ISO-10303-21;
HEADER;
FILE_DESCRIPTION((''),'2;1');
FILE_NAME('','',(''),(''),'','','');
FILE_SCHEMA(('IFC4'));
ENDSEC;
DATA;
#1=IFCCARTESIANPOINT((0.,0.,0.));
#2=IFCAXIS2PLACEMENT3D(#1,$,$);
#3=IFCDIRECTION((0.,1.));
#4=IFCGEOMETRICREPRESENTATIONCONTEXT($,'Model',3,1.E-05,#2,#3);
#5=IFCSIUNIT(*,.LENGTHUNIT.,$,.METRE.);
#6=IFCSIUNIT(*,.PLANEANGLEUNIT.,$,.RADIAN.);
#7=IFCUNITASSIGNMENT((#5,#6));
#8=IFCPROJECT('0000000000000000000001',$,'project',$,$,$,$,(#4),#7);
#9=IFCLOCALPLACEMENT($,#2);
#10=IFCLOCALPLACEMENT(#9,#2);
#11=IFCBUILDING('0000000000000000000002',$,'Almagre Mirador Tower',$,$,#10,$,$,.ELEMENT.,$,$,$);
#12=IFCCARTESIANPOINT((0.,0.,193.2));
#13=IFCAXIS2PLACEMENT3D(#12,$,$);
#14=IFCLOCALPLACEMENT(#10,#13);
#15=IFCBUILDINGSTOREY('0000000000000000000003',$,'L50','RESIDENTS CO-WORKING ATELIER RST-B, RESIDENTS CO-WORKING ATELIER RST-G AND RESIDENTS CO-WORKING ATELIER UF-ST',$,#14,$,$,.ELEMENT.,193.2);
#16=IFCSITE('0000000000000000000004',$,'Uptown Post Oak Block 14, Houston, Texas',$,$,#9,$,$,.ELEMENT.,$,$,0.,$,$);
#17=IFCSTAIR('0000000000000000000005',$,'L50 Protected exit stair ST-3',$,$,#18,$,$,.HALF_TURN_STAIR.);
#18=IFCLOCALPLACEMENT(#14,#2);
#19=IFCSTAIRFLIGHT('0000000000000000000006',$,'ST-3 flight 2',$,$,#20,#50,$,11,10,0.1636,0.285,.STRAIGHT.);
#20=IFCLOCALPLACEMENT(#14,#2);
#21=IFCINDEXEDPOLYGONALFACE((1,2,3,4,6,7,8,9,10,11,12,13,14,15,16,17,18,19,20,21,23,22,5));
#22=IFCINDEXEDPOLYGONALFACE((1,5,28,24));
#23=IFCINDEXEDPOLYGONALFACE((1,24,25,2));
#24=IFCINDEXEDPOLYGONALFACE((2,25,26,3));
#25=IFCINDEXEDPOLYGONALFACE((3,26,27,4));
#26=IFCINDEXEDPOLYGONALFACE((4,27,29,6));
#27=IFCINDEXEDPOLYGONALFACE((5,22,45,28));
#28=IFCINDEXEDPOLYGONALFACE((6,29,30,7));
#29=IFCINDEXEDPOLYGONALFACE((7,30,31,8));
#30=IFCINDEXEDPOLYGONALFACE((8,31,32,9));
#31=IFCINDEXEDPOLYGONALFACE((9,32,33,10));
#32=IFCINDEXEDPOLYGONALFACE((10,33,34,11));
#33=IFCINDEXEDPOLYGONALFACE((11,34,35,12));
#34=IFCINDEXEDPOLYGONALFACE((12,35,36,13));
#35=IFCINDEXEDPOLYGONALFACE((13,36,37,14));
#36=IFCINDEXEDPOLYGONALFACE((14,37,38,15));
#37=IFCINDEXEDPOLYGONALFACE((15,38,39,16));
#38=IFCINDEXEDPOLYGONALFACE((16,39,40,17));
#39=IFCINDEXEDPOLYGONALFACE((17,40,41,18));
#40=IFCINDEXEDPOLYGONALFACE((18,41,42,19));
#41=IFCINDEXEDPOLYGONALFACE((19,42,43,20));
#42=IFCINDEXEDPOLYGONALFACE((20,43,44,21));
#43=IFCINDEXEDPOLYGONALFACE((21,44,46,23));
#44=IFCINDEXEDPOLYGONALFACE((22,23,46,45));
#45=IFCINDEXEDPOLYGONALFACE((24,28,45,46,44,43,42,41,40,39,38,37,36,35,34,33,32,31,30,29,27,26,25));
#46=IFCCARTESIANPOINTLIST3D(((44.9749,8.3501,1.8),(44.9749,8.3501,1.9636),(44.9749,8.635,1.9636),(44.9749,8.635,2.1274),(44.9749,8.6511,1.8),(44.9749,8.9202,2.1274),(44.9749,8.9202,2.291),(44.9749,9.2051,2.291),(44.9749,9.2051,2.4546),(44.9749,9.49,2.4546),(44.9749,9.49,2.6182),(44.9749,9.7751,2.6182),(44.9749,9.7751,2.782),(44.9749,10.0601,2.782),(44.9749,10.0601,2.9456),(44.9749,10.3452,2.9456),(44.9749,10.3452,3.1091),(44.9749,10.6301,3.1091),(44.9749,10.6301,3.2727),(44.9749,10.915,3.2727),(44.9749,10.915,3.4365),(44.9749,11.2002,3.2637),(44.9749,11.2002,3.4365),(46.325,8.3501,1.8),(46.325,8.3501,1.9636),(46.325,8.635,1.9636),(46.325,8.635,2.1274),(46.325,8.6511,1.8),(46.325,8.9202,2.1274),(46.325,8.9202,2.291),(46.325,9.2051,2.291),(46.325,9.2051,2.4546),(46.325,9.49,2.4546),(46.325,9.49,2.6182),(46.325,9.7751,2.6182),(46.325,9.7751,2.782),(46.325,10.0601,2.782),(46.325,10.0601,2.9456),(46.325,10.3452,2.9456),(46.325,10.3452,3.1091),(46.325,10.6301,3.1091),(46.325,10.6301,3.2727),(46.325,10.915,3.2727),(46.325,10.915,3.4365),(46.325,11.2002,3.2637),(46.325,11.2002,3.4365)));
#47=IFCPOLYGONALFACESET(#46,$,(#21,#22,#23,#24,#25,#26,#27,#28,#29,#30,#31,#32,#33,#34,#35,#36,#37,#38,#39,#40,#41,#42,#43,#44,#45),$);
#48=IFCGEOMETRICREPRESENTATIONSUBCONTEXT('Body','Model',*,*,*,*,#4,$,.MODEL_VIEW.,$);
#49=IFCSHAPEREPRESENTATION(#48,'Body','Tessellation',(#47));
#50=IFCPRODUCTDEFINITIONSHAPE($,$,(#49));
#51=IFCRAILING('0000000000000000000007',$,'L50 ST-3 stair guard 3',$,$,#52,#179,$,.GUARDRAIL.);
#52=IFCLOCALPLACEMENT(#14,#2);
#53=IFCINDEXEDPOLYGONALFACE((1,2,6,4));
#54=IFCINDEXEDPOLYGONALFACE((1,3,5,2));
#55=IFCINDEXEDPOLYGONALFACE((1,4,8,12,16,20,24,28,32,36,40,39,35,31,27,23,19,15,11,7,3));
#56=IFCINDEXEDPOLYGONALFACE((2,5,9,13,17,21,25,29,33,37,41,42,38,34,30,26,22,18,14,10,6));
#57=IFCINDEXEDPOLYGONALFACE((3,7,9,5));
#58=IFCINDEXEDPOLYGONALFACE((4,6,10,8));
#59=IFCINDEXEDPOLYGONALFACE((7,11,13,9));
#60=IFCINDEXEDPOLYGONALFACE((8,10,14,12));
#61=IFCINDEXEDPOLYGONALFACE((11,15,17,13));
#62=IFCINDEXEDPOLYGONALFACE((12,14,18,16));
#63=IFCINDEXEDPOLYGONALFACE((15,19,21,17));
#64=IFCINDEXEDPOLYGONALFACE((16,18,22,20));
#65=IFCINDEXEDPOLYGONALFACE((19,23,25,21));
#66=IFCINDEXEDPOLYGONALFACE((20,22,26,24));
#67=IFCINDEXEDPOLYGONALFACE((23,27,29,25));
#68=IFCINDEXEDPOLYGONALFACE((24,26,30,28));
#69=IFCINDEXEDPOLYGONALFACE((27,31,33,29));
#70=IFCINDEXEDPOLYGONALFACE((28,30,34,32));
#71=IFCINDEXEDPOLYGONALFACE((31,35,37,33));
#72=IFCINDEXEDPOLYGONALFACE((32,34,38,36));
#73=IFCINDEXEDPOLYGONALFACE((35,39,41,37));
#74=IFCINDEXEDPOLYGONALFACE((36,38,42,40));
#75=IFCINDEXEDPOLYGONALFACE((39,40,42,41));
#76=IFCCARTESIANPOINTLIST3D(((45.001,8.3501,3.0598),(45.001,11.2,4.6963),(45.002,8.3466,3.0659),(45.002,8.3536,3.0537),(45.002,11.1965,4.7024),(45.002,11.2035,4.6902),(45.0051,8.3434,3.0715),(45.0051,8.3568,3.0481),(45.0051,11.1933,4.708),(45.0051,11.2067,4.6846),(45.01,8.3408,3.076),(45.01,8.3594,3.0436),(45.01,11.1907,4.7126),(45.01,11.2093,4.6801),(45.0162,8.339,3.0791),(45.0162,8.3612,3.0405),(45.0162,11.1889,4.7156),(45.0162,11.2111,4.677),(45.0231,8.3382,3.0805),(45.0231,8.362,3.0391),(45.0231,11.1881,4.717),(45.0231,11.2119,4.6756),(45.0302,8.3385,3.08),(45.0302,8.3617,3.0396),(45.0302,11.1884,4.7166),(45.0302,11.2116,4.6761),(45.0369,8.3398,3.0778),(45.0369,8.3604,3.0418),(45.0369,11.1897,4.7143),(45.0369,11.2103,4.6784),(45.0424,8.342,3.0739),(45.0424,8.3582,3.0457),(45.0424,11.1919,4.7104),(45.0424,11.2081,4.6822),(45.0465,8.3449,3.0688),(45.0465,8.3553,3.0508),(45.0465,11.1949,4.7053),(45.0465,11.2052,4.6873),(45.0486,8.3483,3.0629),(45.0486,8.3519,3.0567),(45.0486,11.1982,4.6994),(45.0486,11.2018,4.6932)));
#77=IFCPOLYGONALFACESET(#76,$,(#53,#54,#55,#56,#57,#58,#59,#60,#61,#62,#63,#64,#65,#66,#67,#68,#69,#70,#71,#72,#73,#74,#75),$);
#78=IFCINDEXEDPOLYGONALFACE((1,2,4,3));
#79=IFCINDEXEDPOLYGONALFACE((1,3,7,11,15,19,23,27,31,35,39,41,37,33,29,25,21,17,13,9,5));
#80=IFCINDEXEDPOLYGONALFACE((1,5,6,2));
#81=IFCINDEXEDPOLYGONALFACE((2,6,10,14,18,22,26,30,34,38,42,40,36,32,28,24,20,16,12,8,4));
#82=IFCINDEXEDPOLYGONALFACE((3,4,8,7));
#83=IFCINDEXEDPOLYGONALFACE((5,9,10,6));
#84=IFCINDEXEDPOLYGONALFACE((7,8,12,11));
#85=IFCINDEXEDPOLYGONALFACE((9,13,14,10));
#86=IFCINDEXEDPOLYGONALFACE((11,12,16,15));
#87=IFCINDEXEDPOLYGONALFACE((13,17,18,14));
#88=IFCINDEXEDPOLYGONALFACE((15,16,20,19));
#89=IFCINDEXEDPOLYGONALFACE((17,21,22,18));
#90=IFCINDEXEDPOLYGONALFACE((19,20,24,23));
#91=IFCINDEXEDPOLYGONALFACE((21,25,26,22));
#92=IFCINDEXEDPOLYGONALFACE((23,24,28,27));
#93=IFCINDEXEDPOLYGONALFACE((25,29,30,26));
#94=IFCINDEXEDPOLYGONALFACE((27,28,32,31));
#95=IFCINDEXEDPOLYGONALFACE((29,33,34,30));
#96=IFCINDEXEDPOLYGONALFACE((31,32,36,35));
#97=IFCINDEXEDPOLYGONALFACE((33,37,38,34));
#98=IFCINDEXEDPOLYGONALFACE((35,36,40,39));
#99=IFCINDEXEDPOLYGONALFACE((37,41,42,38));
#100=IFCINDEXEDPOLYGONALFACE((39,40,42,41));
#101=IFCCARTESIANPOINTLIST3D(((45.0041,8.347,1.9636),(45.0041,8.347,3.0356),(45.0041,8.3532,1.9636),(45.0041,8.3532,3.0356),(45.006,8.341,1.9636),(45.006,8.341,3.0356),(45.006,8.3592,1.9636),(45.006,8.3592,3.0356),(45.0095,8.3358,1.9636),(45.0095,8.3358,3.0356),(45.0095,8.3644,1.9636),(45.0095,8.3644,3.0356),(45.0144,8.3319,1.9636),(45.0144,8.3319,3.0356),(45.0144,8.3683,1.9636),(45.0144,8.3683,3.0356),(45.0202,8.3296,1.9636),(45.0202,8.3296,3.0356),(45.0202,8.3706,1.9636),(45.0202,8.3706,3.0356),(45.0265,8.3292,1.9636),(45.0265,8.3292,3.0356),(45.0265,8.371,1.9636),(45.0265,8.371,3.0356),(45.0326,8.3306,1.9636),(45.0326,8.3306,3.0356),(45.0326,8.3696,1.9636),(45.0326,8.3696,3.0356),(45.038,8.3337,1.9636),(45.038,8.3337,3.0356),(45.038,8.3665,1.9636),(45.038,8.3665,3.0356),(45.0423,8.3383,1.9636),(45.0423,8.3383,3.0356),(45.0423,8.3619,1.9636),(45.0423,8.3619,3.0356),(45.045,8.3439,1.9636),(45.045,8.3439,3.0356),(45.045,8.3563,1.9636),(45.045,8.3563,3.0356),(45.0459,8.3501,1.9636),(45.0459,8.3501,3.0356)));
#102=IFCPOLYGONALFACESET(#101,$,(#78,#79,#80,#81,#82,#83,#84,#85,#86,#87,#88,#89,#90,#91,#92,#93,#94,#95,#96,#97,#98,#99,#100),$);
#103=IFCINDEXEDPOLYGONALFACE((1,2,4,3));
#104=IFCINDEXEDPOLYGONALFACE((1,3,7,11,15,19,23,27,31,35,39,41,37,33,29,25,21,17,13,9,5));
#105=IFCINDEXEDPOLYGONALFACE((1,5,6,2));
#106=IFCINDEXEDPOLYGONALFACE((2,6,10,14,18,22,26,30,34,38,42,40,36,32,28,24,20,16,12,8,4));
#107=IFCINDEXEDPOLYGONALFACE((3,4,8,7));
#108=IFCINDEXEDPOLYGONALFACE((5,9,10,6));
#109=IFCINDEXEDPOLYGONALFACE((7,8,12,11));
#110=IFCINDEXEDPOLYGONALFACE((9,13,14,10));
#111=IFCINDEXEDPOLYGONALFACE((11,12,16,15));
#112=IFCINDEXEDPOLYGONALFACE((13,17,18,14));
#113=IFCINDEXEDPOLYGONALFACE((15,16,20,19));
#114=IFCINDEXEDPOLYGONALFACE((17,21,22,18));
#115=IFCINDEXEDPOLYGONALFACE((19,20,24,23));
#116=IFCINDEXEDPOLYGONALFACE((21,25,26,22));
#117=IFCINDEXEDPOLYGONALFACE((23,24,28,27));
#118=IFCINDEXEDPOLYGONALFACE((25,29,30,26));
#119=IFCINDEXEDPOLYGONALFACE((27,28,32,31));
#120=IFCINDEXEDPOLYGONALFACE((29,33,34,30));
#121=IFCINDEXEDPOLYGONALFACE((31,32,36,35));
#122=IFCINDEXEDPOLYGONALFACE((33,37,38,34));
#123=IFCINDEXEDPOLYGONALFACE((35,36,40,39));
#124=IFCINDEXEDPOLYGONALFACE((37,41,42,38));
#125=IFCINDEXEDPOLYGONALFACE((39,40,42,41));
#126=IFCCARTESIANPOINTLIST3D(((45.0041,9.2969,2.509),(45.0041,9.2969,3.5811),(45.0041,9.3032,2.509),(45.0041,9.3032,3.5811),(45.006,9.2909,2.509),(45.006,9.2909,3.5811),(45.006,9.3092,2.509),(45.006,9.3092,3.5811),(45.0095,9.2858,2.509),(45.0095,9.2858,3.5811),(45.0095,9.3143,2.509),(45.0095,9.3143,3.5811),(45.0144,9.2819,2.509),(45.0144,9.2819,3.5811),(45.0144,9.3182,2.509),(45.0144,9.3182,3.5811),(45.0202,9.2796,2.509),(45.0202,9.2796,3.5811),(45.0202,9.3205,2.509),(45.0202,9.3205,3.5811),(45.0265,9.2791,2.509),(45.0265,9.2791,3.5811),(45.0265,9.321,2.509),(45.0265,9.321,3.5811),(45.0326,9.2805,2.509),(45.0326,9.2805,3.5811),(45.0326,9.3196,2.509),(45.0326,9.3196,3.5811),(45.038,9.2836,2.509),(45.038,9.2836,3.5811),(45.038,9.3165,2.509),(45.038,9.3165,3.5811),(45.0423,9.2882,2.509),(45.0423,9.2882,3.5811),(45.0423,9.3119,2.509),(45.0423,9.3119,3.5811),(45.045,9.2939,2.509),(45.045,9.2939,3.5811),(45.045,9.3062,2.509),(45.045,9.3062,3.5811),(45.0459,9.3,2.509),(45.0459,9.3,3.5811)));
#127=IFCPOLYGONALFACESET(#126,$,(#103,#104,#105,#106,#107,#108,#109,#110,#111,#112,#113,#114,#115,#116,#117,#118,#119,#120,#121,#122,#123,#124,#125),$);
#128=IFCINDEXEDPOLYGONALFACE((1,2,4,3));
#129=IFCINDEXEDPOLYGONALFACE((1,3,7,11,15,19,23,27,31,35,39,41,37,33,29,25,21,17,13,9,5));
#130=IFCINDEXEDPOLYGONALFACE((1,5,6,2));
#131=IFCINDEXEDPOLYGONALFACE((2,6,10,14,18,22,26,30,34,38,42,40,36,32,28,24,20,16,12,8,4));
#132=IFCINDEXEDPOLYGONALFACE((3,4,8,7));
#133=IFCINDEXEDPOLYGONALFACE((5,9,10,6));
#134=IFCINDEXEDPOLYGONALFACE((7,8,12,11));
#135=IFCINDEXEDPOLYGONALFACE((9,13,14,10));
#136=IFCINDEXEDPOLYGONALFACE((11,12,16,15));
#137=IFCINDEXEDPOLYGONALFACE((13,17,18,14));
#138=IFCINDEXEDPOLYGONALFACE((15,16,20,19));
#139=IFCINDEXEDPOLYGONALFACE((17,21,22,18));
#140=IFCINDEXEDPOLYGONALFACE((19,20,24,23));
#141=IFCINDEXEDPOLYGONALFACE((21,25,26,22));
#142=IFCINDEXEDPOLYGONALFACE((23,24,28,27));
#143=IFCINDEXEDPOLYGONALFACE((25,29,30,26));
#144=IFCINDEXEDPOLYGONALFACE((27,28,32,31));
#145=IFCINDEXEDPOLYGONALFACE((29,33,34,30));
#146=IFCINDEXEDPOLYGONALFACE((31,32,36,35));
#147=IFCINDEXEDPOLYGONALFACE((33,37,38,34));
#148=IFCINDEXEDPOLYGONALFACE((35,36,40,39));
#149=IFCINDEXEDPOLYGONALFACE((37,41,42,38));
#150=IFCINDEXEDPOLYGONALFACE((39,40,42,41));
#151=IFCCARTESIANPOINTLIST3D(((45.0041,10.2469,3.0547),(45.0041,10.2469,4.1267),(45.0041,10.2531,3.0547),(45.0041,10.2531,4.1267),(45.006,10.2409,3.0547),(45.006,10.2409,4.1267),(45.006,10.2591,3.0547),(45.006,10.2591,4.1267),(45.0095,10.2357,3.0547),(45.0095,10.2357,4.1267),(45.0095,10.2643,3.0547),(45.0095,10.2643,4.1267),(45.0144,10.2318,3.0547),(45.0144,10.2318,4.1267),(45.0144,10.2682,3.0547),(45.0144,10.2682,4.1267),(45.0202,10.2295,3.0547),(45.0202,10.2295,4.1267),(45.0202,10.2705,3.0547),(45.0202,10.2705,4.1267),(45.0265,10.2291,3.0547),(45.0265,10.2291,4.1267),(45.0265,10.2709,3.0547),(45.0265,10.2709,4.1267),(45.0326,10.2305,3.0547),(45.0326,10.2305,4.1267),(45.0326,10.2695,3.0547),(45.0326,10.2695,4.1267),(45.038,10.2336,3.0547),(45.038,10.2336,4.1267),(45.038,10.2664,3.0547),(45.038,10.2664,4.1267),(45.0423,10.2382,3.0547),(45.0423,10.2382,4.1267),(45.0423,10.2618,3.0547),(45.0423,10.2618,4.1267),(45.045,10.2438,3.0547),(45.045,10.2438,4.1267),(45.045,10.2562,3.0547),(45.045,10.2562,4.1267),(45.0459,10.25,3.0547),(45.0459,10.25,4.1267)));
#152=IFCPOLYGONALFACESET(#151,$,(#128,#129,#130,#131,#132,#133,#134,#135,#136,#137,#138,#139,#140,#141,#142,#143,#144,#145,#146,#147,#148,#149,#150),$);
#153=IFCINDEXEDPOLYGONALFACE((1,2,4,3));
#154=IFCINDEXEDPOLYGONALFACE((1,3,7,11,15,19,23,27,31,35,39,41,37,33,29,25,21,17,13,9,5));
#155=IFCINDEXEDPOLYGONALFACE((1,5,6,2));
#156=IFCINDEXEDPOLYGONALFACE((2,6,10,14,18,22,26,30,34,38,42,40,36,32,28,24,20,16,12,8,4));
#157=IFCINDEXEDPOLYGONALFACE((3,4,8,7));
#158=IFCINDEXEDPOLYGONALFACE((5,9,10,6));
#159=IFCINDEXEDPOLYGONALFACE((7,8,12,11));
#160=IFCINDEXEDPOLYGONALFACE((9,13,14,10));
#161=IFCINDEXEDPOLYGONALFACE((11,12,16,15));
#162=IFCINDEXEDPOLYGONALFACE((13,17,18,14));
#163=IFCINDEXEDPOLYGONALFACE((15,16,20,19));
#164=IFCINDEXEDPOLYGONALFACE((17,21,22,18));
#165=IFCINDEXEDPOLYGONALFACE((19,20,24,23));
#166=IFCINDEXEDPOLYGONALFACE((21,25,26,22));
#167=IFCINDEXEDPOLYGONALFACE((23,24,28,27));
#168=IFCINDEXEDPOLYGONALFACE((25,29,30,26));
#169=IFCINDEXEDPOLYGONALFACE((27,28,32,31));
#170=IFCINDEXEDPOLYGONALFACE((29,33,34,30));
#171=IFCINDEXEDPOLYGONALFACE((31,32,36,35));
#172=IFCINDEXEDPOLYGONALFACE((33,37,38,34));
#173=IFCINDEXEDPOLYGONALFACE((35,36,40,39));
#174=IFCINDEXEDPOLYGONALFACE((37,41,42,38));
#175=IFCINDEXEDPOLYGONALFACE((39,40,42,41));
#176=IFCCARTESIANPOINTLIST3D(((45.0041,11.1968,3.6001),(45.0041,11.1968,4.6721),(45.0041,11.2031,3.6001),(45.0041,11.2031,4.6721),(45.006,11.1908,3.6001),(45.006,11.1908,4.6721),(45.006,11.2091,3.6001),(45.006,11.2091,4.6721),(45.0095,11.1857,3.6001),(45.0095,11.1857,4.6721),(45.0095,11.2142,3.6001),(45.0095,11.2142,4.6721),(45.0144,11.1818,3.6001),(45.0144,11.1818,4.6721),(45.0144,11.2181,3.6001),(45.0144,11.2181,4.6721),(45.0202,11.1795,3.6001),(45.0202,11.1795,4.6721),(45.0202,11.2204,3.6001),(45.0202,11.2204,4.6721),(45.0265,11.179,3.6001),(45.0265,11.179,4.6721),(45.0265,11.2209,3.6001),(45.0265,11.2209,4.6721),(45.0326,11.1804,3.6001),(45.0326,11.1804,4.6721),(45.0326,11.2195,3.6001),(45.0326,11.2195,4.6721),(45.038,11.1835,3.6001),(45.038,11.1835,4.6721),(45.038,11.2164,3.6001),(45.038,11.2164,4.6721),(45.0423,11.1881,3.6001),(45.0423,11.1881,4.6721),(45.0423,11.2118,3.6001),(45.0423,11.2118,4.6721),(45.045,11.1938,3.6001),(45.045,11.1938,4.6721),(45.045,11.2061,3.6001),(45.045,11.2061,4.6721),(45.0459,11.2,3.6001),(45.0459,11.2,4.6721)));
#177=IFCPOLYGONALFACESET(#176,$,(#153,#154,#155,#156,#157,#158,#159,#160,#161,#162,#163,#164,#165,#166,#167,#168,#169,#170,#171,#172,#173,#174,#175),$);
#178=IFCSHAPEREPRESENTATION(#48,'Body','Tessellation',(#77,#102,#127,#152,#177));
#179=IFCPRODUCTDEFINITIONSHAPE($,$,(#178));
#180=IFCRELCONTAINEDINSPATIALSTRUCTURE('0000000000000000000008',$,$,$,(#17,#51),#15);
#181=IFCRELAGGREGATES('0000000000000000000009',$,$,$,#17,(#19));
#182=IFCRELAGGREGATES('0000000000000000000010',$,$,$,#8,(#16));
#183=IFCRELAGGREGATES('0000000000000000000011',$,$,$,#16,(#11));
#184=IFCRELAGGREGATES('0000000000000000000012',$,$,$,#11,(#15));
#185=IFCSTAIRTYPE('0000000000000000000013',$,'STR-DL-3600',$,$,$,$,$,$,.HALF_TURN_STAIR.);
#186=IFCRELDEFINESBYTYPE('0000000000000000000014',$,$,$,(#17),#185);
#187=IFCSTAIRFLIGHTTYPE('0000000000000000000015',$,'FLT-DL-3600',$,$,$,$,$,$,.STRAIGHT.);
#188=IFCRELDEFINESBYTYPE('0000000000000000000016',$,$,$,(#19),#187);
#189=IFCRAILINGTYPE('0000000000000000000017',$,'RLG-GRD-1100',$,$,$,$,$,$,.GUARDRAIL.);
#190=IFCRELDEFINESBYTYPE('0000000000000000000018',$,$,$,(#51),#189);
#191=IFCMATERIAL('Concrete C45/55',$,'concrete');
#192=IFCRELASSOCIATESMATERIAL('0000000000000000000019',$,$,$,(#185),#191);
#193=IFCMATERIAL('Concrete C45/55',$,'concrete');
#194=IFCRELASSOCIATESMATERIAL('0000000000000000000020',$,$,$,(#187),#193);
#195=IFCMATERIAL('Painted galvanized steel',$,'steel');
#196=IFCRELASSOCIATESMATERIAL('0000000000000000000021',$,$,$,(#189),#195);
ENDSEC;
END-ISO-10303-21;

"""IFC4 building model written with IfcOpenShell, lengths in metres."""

from ifc_helpers import new_model, si_unit, direction, frame, origin, origin_2d, place, context, subcontext, project, spatial, polyline, circle, outline, extrude, material, type_object, element, aggregate, save


model = new_model("IFC4")

# Units and contexts
model_context = context("Model", 3, precision=1e-05, world=origin(), true_north=direction((0.0, 1.0)))
body_context = subcontext(model_context, "Body", "Model", "MODEL_VIEW")
ifc_project = project(units=[si_unit("LENGTHUNIT", "METRE"), si_unit("PLANEANGLEUNIT", "RADIAN")], contexts=[model_context])

# Site, building, storey
site_placement = place(None, origin())
site = spatial("IfcSite", under=ifc_project, at=site_placement, Name="Uptown Post Oak Block 14, Houston, Texas", CompositionType="ELEMENT", RefElevation=0.0)
building_placement = place(site_placement, origin())
building = spatial("IfcBuilding", under=site, at=building_placement, Name="Almagre Mirador Tower", CompositionType="ELEMENT")
storey_placement = place(building_placement, frame((0.0, 0.0, 193.2)))
storey = spatial("IfcBuildingStorey", under=building, at=storey_placement, Name="L50", Description="RESIDENTS CO-WORKING ATELIER RST-B, RESIDENTS CO-WORKING ATELIER RST-G AND RESIDENTS CO-WORKING ATELIER UF-ST", CompositionType="ELEMENT", Elevation=193.2)

# Stair, stair flight
ifc_material_1 = material(Name="Concrete C45/55", Category="concrete")
stair_type = type_object("IfcStairType", Name="STR-DL-3600", PredefinedType="HALF_TURN_STAIR", material=ifc_material_1)
stair_placement = place(storey_placement, origin())
stair = element("IfcStair", 1, at=stair_placement, inside=storey, type_object=stair_type, Name="L50 Protected exit stair ST-3", PredefinedType="HALF_TURN_STAIR")
ifc_material_2 = material(Name="Concrete C45/55", Category="concrete")
stair_flight_type = type_object("IfcStairFlightType", Name="FLT-DL-3600", PredefinedType="STRAIGHT", material=ifc_material_2)
stair_flight_placement = place(storey_placement, frame((45.6499, 8.3501, 1.8), z_axis=(0.0, 0.0, 1.0), x_axis=(0.0, 1.0, 0.0)))
stair_flight = element("IfcStairFlight", 2, at=stair_flight_placement, type_object=stair_flight_type, Name="ST-3 flight 2", NumberOfRisers=11, NumberOfTreads=10, PredefinedType="STRAIGHT", RiserHeight=0.1636, TreadLength=0.285, context=body_context, shape_type="SweptSolid", body=[
    extrude(outline(polyline([(0.0, 0.0), (0.0, 0.1636), (0.2849, 0.1636), (0.2849, 0.3274), (0.5701, 0.3274), (0.5701, 0.491), (0.855, 0.491), (0.855, 0.6545), (1.1399, 0.6545), (1.1399, 0.8181), (1.425, 0.8181), (1.425, 0.9819), (1.71, 0.9819), (1.71, 1.1455), (1.9951, 1.1455), (1.9951, 1.3091), (2.28, 1.3091), (2.28, 1.4727), (2.5649, 1.4727), (2.5649, 1.6365), (2.8501, 1.6365), (2.8501, 1.8), (2.8501, 1.4636), (0.301, 0.0), (0.0, 0.0)])), frame((0.0, 0.675, 0.0), z_axis=(0.0, -1.0, 0.0), x_axis=(1.0, 0.0, 0.0)), (0.0, 0.0, 1.0), 1.3501),
])
aggregate(stair, [stair_flight])

# Railing
ifc_material_3 = material(Name="Painted galvanized steel", Category="steel")
railing_type_1 = type_object("IfcRailingType", Name="RLG-GRD-1100", PredefinedType="GUARDRAIL", material=ifc_material_3)
railing_1_placement = place(storey_placement, frame((45.0249, 8.3501, 1.9636)))
element("IfcRailing", 3, at=railing_1_placement, inside=storey, type_object=railing_type_1, Name="L50 ST-3 stair guard 3", PredefinedType="GUARDRAIL", context=body_context, shape_type="SweptSolid", body=[
    extrude(circle(Radius=0.0239, at=origin_2d()), frame((0.0, 0.0, 1.0962), z_axis=(0.0, 0.867194, 0.49797), x_axis=(-1.0, 0.0, 0.0)), (0.0, 0.0, 1.0), 3.2864),
    extrude(circle(Radius=0.021, at=origin_2d()), origin(), (0.0, 0.0, 1.0), 1.072),
    extrude(circle(Radius=0.021, at=origin_2d()), frame((0.0, 0.95, 0.5454)), (0.0, 0.0, 1.0), 1.072),
    extrude(circle(Radius=0.021, at=origin_2d()), frame((0.0, 1.8999, 1.0911)), (0.0, 0.0, 1.0), 1.072),
    extrude(circle(Radius=0.021, at=origin_2d()), frame((0.0, 2.8499, 1.6365)), (0.0, 0.0, 1.0), 1.072),
])

save(model, "model.ifc")
